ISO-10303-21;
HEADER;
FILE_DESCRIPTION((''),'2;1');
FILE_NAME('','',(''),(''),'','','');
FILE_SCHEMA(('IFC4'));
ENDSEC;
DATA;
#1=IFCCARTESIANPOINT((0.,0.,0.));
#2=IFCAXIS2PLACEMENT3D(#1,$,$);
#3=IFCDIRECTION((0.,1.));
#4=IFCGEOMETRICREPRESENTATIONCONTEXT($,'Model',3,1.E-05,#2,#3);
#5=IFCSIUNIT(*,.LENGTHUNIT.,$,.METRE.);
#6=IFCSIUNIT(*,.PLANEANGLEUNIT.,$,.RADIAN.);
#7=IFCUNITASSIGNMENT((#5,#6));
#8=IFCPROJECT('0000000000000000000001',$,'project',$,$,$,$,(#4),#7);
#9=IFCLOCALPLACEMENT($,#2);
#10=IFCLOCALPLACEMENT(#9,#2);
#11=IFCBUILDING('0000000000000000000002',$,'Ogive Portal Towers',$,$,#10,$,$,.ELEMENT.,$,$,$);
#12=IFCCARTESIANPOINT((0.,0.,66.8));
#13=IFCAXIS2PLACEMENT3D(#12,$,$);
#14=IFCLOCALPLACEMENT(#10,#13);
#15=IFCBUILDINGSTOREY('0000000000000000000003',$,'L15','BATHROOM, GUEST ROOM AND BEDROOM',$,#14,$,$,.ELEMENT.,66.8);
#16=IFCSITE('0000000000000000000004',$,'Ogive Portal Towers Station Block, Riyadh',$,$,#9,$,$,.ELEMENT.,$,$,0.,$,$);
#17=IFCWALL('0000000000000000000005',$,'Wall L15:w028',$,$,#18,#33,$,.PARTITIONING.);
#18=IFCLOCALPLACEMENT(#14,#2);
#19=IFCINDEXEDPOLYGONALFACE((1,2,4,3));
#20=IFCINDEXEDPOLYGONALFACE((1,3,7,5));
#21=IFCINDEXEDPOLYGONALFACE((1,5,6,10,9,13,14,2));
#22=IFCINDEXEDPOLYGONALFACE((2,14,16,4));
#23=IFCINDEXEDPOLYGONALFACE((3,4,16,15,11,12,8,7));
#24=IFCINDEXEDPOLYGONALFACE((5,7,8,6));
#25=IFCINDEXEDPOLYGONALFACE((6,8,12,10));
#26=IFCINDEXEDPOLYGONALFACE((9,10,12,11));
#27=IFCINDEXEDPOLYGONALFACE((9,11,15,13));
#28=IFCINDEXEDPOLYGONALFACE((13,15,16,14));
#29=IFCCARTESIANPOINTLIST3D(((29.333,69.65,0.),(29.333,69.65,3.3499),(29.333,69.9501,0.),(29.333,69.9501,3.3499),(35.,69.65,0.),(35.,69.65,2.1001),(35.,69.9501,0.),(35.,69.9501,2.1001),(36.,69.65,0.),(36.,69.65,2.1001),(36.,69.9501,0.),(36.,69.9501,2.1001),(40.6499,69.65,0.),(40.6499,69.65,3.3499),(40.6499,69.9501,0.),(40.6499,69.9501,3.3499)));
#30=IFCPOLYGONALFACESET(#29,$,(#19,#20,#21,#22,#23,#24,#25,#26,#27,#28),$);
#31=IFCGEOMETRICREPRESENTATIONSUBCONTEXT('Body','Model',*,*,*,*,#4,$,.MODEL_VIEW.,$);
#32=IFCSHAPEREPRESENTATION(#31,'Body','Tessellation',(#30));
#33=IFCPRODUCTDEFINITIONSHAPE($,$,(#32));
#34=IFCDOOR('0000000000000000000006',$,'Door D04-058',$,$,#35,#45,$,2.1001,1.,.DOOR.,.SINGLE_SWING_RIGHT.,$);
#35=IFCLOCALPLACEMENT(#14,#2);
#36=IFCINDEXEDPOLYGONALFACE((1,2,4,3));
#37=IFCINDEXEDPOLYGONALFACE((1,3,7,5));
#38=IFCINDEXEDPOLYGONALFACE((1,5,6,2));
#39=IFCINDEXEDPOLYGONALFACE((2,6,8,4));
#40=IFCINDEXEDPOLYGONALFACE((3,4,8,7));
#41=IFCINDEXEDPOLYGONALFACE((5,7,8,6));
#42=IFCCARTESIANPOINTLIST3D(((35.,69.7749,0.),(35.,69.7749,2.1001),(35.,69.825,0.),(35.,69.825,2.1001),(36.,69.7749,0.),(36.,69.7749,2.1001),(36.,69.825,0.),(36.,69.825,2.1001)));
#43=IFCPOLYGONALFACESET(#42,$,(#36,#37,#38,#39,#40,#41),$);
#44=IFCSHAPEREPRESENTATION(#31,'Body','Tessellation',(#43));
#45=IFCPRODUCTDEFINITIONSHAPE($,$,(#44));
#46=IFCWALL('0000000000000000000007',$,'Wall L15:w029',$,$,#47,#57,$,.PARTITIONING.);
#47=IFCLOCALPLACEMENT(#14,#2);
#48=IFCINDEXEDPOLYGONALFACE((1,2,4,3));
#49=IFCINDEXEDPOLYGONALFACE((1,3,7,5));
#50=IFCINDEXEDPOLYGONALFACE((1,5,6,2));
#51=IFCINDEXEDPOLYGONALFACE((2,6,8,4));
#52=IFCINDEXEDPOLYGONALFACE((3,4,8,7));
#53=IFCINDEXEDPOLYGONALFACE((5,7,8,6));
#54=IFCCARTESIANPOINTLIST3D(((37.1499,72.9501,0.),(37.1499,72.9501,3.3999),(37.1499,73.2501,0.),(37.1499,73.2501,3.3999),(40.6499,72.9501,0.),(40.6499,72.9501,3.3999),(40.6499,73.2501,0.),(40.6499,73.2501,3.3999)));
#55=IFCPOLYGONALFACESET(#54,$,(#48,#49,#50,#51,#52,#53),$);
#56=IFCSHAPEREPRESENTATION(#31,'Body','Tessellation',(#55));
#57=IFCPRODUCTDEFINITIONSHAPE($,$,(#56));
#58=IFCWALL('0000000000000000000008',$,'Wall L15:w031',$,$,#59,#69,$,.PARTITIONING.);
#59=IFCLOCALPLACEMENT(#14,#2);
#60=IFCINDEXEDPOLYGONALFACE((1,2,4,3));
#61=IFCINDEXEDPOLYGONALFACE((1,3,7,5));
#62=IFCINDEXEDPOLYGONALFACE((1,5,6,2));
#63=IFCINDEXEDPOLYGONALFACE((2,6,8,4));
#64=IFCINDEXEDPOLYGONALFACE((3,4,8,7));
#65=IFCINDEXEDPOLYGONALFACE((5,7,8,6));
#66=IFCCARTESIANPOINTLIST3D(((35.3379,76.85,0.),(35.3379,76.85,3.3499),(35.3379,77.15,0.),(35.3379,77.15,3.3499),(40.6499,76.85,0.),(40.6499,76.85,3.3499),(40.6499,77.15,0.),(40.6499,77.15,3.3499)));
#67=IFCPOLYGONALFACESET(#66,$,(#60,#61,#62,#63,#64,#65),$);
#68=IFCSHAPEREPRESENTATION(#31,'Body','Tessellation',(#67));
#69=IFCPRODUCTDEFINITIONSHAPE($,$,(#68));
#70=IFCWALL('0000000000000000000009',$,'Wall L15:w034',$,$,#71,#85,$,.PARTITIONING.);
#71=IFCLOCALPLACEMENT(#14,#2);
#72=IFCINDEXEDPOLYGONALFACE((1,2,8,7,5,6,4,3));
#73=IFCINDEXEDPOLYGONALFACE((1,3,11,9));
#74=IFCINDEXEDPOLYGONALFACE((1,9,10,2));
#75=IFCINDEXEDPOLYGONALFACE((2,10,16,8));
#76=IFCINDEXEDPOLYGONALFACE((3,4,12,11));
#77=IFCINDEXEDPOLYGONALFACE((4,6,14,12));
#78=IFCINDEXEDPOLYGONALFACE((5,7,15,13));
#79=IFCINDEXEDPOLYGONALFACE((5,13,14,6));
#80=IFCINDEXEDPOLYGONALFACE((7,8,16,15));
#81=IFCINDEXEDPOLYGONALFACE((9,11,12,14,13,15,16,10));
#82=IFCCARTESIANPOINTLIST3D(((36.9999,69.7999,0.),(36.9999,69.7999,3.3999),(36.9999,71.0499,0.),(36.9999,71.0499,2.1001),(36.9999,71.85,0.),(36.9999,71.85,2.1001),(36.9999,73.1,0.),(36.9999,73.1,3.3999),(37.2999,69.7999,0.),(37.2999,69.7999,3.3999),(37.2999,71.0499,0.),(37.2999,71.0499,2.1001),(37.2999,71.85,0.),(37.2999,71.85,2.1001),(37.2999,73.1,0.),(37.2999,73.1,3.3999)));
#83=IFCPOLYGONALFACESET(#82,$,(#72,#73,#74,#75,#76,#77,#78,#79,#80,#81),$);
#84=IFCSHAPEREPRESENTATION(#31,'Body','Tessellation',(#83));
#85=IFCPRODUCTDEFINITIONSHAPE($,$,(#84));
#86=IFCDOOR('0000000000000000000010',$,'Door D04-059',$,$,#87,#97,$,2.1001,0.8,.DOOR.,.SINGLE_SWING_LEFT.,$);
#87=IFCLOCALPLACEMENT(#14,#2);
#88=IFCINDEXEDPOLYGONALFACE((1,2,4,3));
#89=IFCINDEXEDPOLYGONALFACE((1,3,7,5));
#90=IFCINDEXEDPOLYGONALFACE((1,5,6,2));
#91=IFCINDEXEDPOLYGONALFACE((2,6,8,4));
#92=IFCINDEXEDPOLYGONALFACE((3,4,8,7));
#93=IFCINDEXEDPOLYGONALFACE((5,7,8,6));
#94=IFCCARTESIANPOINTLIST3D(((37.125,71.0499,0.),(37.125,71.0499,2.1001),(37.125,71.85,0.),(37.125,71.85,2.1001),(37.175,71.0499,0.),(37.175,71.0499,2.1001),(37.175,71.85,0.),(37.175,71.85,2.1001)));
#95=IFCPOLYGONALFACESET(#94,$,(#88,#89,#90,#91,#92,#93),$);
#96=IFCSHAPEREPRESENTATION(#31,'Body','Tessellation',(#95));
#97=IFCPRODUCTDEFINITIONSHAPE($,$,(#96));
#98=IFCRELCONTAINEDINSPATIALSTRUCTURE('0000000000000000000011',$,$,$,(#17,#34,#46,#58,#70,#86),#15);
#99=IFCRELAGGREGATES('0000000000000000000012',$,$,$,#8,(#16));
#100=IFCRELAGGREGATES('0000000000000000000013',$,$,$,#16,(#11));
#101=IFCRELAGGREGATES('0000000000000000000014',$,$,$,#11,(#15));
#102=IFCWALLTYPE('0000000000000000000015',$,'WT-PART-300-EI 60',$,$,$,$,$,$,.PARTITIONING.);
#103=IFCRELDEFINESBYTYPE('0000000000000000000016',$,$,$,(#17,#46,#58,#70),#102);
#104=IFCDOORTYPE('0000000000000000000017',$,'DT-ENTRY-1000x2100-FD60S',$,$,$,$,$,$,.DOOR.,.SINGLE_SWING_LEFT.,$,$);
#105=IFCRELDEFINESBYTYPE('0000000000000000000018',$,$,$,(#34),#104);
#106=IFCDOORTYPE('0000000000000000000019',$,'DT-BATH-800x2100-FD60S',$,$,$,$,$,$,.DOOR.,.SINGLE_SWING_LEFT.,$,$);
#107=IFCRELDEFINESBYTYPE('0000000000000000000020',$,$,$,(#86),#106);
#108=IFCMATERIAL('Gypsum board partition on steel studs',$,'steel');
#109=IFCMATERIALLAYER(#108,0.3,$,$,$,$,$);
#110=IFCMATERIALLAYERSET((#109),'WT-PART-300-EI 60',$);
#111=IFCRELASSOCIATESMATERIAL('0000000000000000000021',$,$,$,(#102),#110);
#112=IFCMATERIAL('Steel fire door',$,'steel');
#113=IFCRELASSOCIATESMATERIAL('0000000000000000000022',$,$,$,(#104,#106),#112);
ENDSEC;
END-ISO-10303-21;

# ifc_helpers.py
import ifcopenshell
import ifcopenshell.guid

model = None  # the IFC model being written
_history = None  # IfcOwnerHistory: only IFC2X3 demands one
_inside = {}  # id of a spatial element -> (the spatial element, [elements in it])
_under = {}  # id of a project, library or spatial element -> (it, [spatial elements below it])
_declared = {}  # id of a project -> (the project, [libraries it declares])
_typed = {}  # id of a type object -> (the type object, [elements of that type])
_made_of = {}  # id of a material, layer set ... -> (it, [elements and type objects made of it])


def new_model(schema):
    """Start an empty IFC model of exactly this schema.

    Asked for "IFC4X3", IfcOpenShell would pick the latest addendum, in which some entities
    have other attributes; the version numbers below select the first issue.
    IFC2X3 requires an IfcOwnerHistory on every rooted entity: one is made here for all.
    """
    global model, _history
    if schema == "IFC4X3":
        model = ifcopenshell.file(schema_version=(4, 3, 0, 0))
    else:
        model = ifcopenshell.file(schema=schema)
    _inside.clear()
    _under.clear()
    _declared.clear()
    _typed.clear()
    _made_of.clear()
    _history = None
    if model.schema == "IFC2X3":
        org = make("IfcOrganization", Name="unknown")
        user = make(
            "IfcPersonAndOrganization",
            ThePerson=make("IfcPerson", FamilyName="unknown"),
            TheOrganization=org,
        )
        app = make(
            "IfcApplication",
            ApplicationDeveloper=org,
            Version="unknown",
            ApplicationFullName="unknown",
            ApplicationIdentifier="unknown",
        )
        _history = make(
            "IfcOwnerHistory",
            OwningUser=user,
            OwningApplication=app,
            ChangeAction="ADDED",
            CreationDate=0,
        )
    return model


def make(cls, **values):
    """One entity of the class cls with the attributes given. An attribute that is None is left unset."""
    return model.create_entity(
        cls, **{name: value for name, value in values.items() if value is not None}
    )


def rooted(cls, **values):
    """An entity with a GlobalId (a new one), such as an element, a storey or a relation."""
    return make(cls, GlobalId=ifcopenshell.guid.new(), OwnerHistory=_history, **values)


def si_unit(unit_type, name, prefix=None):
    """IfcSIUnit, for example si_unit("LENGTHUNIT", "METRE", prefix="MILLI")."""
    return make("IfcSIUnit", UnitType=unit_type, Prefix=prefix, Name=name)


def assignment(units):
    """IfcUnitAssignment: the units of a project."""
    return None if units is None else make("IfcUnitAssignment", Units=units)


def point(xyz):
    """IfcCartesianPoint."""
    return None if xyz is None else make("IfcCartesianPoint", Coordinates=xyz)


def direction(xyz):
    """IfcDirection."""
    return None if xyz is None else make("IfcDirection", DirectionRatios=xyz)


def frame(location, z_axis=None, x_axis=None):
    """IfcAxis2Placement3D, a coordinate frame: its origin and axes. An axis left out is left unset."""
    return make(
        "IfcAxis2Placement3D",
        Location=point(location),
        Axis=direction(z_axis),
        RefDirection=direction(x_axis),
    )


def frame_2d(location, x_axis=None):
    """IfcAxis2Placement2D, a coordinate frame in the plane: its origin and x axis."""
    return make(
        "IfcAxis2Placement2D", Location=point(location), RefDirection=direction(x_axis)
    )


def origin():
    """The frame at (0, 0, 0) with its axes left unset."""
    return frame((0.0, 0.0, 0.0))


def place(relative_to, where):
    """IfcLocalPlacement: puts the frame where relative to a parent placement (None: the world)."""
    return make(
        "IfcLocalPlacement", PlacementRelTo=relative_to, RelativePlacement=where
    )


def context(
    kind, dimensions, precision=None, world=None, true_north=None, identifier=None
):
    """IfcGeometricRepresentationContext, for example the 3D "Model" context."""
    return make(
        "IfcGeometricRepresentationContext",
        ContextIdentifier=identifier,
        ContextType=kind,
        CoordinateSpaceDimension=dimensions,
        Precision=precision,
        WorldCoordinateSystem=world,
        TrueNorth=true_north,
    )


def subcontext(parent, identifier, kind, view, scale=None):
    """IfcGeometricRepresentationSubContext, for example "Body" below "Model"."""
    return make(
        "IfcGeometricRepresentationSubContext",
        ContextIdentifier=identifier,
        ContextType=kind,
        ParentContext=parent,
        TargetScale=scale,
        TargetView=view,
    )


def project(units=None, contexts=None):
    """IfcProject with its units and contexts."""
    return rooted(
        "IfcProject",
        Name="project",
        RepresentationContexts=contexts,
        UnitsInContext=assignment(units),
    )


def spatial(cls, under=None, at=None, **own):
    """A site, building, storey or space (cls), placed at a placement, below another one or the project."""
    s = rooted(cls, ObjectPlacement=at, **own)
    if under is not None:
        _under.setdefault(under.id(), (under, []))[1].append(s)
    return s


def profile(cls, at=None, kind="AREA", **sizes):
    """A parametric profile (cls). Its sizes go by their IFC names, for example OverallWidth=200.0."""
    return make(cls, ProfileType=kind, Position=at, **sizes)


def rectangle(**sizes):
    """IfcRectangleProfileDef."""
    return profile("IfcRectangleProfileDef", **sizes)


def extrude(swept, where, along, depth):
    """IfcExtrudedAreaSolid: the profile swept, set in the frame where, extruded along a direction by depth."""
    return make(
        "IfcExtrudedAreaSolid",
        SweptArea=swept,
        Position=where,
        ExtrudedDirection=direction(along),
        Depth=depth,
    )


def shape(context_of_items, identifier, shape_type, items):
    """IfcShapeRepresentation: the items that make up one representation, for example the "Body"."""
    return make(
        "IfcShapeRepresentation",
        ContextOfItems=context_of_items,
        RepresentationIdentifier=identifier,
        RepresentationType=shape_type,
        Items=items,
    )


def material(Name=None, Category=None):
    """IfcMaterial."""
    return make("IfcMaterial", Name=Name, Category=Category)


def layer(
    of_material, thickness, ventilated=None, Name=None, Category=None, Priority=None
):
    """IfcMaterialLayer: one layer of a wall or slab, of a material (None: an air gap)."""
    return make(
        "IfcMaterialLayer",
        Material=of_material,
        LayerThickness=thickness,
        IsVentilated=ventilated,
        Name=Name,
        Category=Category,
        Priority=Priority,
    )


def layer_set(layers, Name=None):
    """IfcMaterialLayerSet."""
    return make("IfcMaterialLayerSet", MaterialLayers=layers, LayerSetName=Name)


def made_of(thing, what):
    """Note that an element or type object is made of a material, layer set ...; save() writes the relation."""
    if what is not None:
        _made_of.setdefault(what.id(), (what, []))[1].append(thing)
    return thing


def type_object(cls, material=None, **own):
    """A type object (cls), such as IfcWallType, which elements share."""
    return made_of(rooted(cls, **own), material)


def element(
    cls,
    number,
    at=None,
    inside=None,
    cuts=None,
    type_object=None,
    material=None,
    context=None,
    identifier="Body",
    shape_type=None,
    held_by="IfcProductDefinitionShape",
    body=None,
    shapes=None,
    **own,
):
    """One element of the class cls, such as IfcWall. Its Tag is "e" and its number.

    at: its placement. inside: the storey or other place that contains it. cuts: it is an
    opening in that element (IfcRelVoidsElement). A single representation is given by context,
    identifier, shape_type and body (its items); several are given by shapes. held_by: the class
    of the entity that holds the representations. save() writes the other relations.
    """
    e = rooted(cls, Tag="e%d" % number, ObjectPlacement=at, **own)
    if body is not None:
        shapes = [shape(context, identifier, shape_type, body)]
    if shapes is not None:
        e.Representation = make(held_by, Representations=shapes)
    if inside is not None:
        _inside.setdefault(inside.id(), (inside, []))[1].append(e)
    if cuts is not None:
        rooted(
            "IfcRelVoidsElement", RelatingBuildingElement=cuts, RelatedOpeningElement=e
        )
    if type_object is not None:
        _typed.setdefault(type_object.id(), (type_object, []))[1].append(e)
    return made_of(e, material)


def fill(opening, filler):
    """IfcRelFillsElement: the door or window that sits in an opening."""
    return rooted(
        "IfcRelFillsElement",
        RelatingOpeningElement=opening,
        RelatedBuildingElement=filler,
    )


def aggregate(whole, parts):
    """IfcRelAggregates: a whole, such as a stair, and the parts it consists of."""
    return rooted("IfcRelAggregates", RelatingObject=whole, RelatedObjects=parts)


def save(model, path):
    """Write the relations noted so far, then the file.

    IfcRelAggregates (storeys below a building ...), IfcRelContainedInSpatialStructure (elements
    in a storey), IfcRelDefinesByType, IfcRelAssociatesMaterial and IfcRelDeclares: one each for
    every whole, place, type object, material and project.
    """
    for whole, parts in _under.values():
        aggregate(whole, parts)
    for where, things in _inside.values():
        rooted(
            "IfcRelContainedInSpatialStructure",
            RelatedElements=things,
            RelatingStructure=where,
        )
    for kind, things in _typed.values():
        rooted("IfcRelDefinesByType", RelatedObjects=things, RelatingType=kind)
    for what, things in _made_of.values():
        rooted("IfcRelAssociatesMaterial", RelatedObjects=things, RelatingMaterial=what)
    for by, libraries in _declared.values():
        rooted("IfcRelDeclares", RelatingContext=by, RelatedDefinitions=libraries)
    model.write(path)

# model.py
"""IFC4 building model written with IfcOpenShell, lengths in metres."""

from ifc_helpers import new_model, si_unit, direction, frame, frame_2d, origin, place, context, subcontext, project, spatial, rectangle, extrude, material, layer, layer_set, type_object, element, fill, save


model = new_model("IFC4")

# Units and contexts
model_context = context("Model", 3, precision=1e-05, world=origin(), true_north=direction((0.0, 1.0)))
body_context = subcontext(model_context, "Body", "Model", "MODEL_VIEW")
ifc_project = project(units=[si_unit("LENGTHUNIT", "METRE"), si_unit("PLANEANGLEUNIT", "RADIAN")], contexts=[model_context])

# Site, building, storey
site_placement = place(None, origin())
site = spatial("IfcSite", under=ifc_project, at=site_placement, Name="Ogive Portal Towers Station Block, Riyadh", CompositionType="ELEMENT", RefElevation=0.0)
building_placement = place(site_placement, origin())
building = spatial("IfcBuilding", under=site, at=building_placement, Name="Ogive Portal Towers", CompositionType="ELEMENT")
storey_placement = place(building_placement, frame((0.0, 0.0, 66.8)))
storey = spatial("IfcBuildingStorey", under=building, at=storey_placement, Name="L15", Description="BATHROOM, GUEST ROOM AND BEDROOM", CompositionType="ELEMENT", Elevation=66.8)

# Wall, opening, door
ifc_material_1 = material(Name="Gypsum board partition on steel studs", Category="steel")
ifc_layer_1 = layer(ifc_material_1, 0.3)
ifc_layer_set_1 = layer_set([ifc_layer_1], Name="WT-PART-300-EI 60")
wall_type_1 = type_object("IfcWallType", Name="WT-PART-300-EI 60", PredefinedType="PARTITIONING", material=ifc_layer_set_1)
wall_1_placement = place(storey_placement, frame((29.333, 69.8, 0.0), z_axis=(0.0, 0.0, 1.0), x_axis=(1.0, 0.0, 0.0)))
wall_1 = element("IfcWall", 1, at=wall_1_placement, inside=storey, type_object=wall_type_1, Name="Wall L15:w028", PredefinedType="PARTITIONING", context=body_context, shape_type="SweptSolid", body=[
    extrude(rectangle(XDim=11.3169, YDim=0.3, at=frame_2d((5.6584, 0.0))), origin(), (0.0, 0.0, 1.0), 3.3499),
])
opening_1_placement = place(wall_1_placement, frame((5.667, 0.0, 0.0)))
opening_1 = element("IfcOpeningElement", 2, at=opening_1_placement, cuts=wall_1, PredefinedType="OPENING", context=body_context, shape_type="SweptSolid", body=[
    extrude(rectangle(XDim=1.0, YDim=2.1001, at=frame_2d((0.5, 1.05))), frame((0.0, 0.1602, 0.0), z_axis=(0.0, -1.0, 0.0), x_axis=(1.0, 0.0, 0.0)), (0.0, 0.0, 1.0), 0.3201),
])
ifc_material_2 = material(Name="Steel fire door", Category="steel")
door_type_1 = type_object("IfcDoorType", Name="DT-ENTRY-1000x2100-FD60S", OperationType="SINGLE_SWING_LEFT", PredefinedType="DOOR", material=ifc_material_2)
door_1_placement = place(opening_1_placement, origin())
door_1 = element("IfcDoor", 3, at=door_1_placement, inside=storey, type_object=door_type_1, Name="Door D04-058", OperationType="SINGLE_SWING_RIGHT", OverallHeight=2.1001, OverallWidth=1.0, PredefinedType="DOOR", context=body_context, shape_type="SweptSolid", body=[
    extrude(rectangle(XDim=1.0, YDim=2.1001, at=frame_2d((0.5, 1.05))), frame((0.0, 0.0249, 0.0), z_axis=(0.0, -1.0, 0.0), x_axis=(1.0, 0.0, 0.0)), (0.0, 0.0, 1.0), 0.05),
])
fill(opening_1, door_1)

# Walls
wall_2_placement = place(storey_placement, frame((37.1499, 73.1001, 0.0), z_axis=(0.0, 0.0, 1.0), x_axis=(1.0, 0.0, 0.0)))
element("IfcWall", 4, at=wall_2_placement, inside=storey, type_object=wall_type_1, Name="Wall L15:w029", PredefinedType="PARTITIONING", context=body_context, shape_type="SweptSolid", body=[
    extrude(rectangle(XDim=3.5, YDim=0.3, at=frame_2d((1.75, 0.0))), origin(), (0.0, 0.0, 1.0), 3.3999),
])
wall_3_placement = place(storey_placement, frame((35.3379, 77.0, 0.0), z_axis=(0.0, 0.0, 1.0), x_axis=(1.0, 0.0, 0.0)))
element("IfcWall", 5, at=wall_3_placement, inside=storey, type_object=wall_type_1, Name="Wall L15:w031", PredefinedType="PARTITIONING", context=body_context, shape_type="SweptSolid", body=[
    extrude(rectangle(XDim=5.312, YDim=0.3, at=frame_2d((2.656, 0.0))), origin(), (0.0, 0.0, 1.0), 3.3499),
])

# Wall, opening, door
wall_4_placement = place(storey_placement, frame((37.1499, 69.8, 0.0), z_axis=(0.0, 0.0, 1.0), x_axis=(0.0, 1.0, 0.0)))
wall_4 = element("IfcWall", 6, at=wall_4_placement, inside=storey, type_object=wall_type_1, Name="Wall L15:w034", PredefinedType="PARTITIONING", context=body_context, shape_type="SweptSolid", body=[
    extrude(rectangle(XDim=3.3, YDim=0.3, at=frame_2d((1.6499, 0.0))), origin(), (0.0, 0.0, 1.0), 3.3999),
])
opening_2_placement = place(wall_4_placement, frame((1.25, 0.0, 0.0)))
opening_2 = element("IfcOpeningElement", 7, at=opening_2_placement, cuts=wall_4, PredefinedType="OPENING", context=body_context, shape_type="SweptSolid", body=[
    extrude(rectangle(XDim=0.8, YDim=2.1001, at=frame_2d((0.3999, 1.05))), frame((0.0, 0.1602, 0.0), z_axis=(0.0, -1.0, 0.0), x_axis=(1.0, 0.0, 0.0)), (0.0, 0.0, 1.0), 0.3201),
])
door_type_2 = type_object("IfcDoorType", Name="DT-BATH-800x2100-FD60S", OperationType="SINGLE_SWING_LEFT", PredefinedType="DOOR", material=ifc_material_2)
door_2_placement = place(opening_2_placement, origin())
door_2 = element("IfcDoor", 8, at=door_2_placement, inside=storey, type_object=door_type_2, Name="Door D04-059", OperationType="SINGLE_SWING_LEFT", OverallHeight=2.1001, OverallWidth=0.8, PredefinedType="DOOR", context=body_context, shape_type="SweptSolid", body=[
    extrude(rectangle(XDim=0.8, YDim=2.1001, at=frame_2d((0.3999, 1.05))), frame((0.0, 0.0249, 0.0), z_axis=(0.0, -1.0, 0.0), x_axis=(1.0, 0.0, 0.0)), (0.0, 0.0, 1.0), 0.05),
])
fill(opening_2, door_2)

save(model, "model.ifc")
